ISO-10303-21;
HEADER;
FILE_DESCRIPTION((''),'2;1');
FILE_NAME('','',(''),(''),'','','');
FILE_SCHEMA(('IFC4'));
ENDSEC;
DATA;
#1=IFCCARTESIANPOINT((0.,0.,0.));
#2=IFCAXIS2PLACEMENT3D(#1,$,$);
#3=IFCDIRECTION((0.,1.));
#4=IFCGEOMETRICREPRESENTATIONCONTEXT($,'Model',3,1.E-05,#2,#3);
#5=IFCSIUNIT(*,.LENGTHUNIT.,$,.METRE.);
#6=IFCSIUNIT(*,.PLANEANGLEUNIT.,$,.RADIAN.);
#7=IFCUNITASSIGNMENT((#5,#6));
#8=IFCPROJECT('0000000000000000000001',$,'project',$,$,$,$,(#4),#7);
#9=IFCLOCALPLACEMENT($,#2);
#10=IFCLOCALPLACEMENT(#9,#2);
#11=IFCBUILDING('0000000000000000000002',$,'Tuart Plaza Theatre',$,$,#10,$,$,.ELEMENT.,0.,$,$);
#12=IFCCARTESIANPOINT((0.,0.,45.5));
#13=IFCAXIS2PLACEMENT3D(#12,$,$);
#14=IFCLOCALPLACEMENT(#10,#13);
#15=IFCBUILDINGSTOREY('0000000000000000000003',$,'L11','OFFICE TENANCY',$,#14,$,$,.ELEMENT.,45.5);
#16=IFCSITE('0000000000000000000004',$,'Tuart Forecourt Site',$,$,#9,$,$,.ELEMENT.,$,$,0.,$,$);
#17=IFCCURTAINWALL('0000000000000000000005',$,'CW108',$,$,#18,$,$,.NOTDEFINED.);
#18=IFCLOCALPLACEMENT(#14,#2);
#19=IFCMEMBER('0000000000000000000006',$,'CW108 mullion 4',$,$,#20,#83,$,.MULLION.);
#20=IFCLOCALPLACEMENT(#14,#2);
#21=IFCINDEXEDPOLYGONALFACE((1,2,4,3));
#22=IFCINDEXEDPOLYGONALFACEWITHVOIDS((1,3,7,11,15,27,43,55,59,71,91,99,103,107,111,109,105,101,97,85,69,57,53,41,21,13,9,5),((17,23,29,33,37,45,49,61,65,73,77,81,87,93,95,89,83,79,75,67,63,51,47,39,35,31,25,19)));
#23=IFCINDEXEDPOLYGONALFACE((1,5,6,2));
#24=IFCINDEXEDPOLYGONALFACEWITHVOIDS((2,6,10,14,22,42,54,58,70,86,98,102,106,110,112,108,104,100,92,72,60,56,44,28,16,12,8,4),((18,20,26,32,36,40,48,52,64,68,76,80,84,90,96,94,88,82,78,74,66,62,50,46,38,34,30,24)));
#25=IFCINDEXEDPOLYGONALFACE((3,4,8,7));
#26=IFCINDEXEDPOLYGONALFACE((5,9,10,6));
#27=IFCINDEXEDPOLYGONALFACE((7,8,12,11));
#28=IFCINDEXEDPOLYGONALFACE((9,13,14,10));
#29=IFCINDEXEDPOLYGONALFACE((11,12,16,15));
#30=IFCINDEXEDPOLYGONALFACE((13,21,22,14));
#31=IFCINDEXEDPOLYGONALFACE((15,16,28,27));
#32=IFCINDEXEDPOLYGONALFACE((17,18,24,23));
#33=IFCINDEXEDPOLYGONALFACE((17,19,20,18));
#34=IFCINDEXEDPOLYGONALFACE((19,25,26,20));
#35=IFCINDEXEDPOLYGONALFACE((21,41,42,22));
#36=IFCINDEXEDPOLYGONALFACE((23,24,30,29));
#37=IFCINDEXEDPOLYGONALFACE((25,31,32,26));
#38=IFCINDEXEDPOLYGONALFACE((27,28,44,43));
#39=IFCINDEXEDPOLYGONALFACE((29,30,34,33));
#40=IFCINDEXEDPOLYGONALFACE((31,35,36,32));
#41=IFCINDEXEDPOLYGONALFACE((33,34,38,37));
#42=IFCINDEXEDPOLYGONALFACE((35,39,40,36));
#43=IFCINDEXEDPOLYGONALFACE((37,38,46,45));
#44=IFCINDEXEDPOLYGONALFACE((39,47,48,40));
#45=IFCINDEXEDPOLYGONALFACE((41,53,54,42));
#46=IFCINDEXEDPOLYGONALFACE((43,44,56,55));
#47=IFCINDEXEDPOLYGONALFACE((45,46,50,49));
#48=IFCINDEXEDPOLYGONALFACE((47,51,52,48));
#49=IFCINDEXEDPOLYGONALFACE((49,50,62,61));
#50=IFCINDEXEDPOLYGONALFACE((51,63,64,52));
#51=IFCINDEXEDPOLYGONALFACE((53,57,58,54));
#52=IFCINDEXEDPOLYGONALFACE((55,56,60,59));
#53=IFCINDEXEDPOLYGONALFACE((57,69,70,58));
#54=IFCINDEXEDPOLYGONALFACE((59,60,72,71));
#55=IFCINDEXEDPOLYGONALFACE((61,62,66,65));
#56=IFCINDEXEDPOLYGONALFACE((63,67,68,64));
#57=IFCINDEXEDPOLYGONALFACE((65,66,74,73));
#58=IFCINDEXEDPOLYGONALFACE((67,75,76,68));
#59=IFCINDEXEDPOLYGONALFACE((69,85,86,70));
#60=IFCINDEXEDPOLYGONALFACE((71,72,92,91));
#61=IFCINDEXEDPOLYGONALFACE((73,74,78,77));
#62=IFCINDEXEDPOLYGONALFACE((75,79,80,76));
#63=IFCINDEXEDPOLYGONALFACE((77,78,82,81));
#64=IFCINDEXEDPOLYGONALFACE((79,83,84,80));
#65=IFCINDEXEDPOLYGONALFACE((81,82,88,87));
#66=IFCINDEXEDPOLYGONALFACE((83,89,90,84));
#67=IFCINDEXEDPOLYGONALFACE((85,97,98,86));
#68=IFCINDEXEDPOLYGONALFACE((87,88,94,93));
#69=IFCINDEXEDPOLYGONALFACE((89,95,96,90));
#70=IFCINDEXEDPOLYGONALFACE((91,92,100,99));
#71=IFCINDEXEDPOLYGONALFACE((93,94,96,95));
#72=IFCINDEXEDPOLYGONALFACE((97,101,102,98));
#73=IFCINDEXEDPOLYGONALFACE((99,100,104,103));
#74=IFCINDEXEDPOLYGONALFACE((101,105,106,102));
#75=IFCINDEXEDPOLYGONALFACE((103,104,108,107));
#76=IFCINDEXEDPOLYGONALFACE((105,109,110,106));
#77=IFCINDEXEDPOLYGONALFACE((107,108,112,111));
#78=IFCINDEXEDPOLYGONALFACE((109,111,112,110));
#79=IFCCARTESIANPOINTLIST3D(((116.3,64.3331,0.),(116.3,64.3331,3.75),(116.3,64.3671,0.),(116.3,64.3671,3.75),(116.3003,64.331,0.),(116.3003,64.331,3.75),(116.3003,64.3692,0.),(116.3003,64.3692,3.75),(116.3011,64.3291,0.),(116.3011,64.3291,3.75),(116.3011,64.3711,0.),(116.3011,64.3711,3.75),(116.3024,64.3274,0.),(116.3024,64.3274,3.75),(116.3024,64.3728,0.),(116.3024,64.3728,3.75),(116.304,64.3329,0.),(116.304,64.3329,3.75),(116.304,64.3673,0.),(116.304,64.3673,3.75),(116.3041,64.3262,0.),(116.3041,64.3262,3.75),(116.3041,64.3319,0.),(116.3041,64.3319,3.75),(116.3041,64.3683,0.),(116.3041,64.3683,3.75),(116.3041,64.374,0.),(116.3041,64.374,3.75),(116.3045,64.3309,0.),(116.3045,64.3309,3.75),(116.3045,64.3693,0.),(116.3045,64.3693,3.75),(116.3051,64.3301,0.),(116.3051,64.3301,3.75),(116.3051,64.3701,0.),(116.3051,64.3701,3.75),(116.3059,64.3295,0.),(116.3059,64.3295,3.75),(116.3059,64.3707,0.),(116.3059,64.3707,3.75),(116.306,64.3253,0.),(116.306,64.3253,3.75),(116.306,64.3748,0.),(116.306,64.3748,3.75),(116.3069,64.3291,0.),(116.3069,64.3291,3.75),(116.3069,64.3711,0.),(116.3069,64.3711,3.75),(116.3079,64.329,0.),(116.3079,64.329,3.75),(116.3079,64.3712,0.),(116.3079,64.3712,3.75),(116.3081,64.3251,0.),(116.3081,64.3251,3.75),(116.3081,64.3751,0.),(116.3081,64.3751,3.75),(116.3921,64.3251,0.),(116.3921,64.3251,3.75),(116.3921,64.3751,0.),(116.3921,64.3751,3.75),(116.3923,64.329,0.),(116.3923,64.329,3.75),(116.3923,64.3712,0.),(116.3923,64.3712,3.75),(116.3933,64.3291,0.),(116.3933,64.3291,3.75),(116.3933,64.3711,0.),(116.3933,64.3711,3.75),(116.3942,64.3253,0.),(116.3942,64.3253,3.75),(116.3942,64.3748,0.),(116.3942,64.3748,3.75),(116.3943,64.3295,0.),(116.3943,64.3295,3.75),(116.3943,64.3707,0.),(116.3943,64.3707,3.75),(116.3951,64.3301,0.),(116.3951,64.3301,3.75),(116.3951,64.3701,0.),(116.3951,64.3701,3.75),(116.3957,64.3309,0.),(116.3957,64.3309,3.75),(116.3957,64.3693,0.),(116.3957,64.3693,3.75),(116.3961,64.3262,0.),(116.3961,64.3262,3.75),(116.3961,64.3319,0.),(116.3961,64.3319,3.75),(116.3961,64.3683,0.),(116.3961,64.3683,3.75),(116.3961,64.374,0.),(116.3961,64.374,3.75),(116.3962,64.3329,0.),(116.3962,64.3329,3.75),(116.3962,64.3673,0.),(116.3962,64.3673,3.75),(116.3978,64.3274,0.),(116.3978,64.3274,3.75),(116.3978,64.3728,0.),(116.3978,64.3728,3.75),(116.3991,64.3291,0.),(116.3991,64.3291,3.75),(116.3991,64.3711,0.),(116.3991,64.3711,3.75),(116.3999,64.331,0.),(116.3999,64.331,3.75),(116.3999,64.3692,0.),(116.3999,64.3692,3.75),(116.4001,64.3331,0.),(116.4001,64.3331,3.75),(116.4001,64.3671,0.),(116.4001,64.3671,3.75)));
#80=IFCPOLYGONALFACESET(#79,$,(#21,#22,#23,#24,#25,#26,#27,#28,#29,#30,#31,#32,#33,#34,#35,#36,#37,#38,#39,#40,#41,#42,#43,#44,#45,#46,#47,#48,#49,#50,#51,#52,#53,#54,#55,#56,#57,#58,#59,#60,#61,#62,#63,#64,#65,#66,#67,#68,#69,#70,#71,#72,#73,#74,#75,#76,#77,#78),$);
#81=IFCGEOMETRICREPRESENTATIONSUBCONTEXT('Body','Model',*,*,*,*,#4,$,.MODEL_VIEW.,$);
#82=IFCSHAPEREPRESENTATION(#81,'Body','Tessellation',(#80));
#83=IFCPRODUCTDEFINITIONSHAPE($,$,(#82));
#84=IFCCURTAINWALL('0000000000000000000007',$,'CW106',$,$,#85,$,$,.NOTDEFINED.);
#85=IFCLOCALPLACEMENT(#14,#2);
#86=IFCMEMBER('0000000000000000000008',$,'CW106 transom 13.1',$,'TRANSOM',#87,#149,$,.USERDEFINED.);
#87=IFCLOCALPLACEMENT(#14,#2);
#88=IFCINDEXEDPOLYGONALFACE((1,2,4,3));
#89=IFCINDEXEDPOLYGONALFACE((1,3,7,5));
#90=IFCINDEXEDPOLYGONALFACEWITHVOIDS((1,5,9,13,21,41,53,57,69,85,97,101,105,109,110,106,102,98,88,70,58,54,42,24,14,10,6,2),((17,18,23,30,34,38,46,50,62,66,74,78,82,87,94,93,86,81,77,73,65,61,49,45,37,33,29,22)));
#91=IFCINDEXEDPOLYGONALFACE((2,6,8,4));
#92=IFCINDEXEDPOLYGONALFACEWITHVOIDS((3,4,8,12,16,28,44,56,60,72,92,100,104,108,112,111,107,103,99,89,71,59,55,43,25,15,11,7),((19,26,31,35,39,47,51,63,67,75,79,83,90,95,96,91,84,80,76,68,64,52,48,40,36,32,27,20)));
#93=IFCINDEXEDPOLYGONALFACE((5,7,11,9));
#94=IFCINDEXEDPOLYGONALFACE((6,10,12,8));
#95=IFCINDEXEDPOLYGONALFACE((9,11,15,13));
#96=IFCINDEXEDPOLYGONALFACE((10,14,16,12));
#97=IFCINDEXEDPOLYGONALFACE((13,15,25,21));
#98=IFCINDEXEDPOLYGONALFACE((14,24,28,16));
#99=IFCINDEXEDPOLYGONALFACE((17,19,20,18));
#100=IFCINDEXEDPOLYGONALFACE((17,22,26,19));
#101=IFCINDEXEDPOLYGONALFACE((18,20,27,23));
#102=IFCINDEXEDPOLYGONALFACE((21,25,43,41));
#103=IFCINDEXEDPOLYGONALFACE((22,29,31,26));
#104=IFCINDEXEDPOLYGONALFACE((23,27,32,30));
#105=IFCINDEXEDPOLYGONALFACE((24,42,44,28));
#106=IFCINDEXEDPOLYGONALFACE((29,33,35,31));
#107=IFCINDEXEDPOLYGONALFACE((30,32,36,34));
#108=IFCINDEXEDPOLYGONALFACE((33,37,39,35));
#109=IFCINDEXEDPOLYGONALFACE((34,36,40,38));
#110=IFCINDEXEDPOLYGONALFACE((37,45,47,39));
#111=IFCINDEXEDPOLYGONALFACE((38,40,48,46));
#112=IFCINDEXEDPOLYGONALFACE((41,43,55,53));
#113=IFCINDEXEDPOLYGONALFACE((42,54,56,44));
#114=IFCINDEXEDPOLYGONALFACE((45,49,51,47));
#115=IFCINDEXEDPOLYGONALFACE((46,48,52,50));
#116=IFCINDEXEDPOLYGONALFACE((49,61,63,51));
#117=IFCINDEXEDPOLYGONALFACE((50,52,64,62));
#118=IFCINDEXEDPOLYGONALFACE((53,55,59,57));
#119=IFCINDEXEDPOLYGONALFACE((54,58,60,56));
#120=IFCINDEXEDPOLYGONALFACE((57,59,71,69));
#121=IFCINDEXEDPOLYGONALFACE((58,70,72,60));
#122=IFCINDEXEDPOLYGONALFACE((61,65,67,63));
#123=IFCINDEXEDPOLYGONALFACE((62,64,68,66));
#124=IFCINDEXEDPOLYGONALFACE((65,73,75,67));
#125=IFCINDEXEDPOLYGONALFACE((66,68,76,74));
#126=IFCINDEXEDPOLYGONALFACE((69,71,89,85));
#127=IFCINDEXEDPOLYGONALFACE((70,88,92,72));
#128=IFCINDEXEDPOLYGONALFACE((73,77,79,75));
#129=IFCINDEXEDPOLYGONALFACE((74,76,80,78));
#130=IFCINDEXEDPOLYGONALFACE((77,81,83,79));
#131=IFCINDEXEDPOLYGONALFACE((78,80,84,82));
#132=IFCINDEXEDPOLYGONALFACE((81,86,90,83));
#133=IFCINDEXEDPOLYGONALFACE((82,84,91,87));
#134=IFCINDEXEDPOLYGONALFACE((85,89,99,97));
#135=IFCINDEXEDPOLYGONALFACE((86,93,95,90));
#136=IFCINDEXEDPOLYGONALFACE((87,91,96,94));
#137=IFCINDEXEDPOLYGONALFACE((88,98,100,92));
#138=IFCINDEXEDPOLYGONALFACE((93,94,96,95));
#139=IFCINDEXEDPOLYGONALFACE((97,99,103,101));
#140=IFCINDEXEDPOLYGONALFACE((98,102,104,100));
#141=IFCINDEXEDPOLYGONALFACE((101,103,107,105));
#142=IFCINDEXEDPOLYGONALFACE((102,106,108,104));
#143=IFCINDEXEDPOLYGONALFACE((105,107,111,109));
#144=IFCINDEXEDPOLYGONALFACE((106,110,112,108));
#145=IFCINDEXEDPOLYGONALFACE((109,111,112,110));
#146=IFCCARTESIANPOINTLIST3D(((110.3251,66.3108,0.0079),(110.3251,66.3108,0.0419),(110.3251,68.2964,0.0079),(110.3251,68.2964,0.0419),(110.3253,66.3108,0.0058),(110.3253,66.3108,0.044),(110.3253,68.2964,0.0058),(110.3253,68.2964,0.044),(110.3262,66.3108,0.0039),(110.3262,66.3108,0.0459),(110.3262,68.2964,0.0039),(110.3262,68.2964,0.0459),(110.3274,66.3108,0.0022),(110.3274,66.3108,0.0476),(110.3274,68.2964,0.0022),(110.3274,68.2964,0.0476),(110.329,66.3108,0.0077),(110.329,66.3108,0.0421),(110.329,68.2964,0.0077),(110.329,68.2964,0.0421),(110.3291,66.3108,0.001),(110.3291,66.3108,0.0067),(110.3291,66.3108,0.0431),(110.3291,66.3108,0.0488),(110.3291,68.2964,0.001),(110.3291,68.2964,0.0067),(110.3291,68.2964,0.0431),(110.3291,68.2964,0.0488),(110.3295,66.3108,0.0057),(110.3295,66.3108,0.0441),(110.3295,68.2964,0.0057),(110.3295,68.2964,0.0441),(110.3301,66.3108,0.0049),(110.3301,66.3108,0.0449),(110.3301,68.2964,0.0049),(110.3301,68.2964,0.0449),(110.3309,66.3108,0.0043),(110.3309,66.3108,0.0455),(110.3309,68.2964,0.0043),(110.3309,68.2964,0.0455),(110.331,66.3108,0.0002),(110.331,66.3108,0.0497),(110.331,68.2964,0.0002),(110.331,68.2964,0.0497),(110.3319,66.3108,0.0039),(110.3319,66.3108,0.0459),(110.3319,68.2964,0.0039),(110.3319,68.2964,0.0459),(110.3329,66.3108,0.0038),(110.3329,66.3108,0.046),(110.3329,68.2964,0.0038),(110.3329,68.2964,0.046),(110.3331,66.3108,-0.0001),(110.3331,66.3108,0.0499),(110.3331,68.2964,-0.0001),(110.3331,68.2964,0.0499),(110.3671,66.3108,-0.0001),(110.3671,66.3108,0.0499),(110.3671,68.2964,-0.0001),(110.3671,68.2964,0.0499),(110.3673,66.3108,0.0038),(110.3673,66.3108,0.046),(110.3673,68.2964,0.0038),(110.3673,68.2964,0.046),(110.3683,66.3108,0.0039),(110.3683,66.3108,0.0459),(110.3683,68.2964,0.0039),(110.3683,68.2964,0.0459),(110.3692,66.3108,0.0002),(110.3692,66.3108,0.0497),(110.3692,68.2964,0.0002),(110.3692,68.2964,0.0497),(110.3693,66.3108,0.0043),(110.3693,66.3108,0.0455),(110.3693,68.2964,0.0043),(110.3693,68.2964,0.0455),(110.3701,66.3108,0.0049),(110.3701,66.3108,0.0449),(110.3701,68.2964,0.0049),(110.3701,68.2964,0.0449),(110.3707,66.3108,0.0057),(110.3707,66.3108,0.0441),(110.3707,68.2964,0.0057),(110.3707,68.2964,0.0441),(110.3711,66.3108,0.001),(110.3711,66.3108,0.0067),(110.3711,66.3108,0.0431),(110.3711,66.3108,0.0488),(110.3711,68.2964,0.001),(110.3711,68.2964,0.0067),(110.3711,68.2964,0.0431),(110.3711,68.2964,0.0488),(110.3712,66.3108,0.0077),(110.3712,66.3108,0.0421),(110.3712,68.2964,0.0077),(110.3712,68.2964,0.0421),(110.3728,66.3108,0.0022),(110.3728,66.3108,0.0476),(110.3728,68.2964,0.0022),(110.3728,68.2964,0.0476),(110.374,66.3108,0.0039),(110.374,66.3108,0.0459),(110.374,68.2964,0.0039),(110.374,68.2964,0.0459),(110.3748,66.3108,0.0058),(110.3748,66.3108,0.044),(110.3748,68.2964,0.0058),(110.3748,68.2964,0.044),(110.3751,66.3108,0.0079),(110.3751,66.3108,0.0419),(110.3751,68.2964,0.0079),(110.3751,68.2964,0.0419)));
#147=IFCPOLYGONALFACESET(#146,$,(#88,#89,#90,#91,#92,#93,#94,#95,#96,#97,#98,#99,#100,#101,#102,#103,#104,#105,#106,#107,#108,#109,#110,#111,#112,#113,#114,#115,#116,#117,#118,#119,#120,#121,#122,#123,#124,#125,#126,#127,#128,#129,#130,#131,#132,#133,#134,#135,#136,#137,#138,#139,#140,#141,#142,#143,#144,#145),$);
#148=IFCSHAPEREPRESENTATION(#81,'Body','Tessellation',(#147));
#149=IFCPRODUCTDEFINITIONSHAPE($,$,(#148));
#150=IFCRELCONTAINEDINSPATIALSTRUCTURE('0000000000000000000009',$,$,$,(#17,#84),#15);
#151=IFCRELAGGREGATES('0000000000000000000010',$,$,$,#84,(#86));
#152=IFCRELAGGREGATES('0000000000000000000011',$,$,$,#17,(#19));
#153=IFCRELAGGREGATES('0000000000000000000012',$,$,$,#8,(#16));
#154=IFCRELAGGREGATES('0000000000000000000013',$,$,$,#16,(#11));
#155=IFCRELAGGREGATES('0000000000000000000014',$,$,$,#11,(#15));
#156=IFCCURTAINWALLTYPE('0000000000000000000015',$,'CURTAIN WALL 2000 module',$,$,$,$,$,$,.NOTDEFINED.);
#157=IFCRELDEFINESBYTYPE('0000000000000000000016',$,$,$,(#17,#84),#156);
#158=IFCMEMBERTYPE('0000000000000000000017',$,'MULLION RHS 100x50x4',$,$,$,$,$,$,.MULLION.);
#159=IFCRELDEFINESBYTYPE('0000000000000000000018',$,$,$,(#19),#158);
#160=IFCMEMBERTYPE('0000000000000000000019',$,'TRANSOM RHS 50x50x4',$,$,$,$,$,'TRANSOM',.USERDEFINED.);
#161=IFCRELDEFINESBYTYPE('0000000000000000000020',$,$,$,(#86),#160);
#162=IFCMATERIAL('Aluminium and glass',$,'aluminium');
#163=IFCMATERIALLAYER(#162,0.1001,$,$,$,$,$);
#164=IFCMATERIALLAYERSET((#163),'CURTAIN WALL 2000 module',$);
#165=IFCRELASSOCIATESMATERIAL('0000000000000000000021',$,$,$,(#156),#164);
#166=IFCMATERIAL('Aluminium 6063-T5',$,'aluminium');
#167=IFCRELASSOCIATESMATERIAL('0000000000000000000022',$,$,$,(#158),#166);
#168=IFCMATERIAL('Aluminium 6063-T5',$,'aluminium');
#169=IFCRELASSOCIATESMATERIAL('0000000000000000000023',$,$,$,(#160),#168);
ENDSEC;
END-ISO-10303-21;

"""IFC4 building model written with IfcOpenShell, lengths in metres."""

from ifc_helpers import new_model, si_unit, direction, frame, origin, origin_2d, place, context, subcontext, project, spatial, hollow_rectangle, extrude, material, layer, layer_set, material_profile, profile_set, type_object, element, aggregate, save


model = new_model("IFC4")

# Units and contexts
model_context = context("Model", 3, precision=1e-05, world=origin(), true_north=direction((0.0, 1.0)))
body_context = subcontext(model_context, "Body", "Model", "MODEL_VIEW")
ifc_project = project(units=[si_unit("LENGTHUNIT", "METRE"), si_unit("PLANEANGLEUNIT", "RADIAN")], contexts=[model_context])

# Site, building, storey
site_placement = place(None, origin())
site = spatial("IfcSite", under=ifc_project, at=site_placement, Name="Tuart Forecourt Site", CompositionType="ELEMENT", RefElevation=0.0)
building_placement = place(site_placement, origin())
building = spatial("IfcBuilding", under=site, at=building_placement, Name="Tuart Plaza Theatre", CompositionType="ELEMENT", ElevationOfRefHeight=0.0)
storey_placement = place(building_placement, frame((0.0, 0.0, 45.5)))
storey = spatial("IfcBuildingStorey", under=building, at=storey_placement, Name="L11", Description="OFFICE TENANCY", CompositionType="ELEMENT", Elevation=45.5)

# Curtain walls, members
ifc_material_1 = material(Name="Aluminium and glass", Category="aluminium")
ifc_layer_1 = layer(ifc_material_1, 0.1001)
ifc_layer_set_1 = layer_set([ifc_layer_1], Name="CURTAIN WALL 2000 module")
curtain_wall_type = type_object("IfcCurtainWallType", Name="CURTAIN WALL 2000 module", PredefinedType="NOTDEFINED", material=ifc_layer_set_1)
curtain_wall_1_placement = place(storey_placement, origin())
curtain_wall_1 = element("IfcCurtainWall", 1, at=curtain_wall_1_placement, inside=storey, type_object=curtain_wall_type, Name="CW108", PredefinedType="NOTDEFINED")
ifc_material_2 = material(Name="Aluminium 6063-T5", Category="aluminium")
ifc_material_profile_1 = material_profile(ifc_material_2, hollow_rectangle(XDim=0.05, YDim=0.1001, WallThickness=0.0039, InnerFilletRadius=0.0039, OuterFilletRadius=0.0081, at=origin_2d()), Name="RHS 100x50x4")
ifc_profile_set_1 = profile_set([ifc_material_profile_1], Name="Aluminium 6063-T5")
member_type_1 = type_object("IfcMemberType", Name="MULLION RHS 100x50x4", PredefinedType="MULLION", material=ifc_profile_set_1)
member_1_placement = place(storey_placement, frame((116.3501, 64.3501, 0.0), z_axis=(0.0, 0.0, 1.0), x_axis=(0.0, 1.0, 0.0)))
member_1 = element("IfcMember", 2, at=member_1_placement, type_object=member_type_1, Name="CW108 mullion 4", PredefinedType="MULLION", context=body_context, shape_type="SweptSolid", body=[
    extrude(hollow_rectangle(XDim=0.05, YDim=0.1001, WallThickness=0.0039, InnerFilletRadius=0.0039, OuterFilletRadius=0.0081, at=origin_2d()), origin(), (0.0, 0.0, 1.0), 3.75),
])
curtain_wall_2_placement = place(storey_placement, origin())
curtain_wall_2 = element("IfcCurtainWall", 3, at=curtain_wall_2_placement, inside=storey, type_object=curtain_wall_type, Name="CW106", PredefinedType="NOTDEFINED")
ifc_material_3 = material(Name="Aluminium 6063-T5", Category="aluminium")
ifc_material_profile_2 = material_profile(ifc_material_3, hollow_rectangle(XDim=0.05, YDim=0.05, WallThickness=0.0039, InnerFilletRadius=0.0039, OuterFilletRadius=0.0081, at=origin_2d()), Name="RHS 50x50x4")
ifc_profile_set_2 = profile_set([ifc_material_profile_2], Name="Aluminium 6063-T5")
member_type_2 = type_object("IfcMemberType", Name="TRANSOM RHS 50x50x4", ElementType="TRANSOM", PredefinedType="USERDEFINED", material=ifc_profile_set_2)
member_2_placement = place(storey_placement, frame((110.3501, 68.2964, 0.0249), z_axis=(0.0, -1.0, 0.0), x_axis=(1.0, 0.0, 0.0)))
member_2 = element("IfcMember", 4, at=member_2_placement, type_object=member_type_2, Name="CW106 transom 13.1", ObjectType="TRANSOM", PredefinedType="USERDEFINED", context=body_context, shape_type="SweptSolid", body=[
    extrude(hollow_rectangle(XDim=0.05, YDim=0.05, WallThickness=0.0039, InnerFilletRadius=0.0039, OuterFilletRadius=0.0081, at=origin_2d()), origin(), (0.0, 0.0, 1.0), 1.9856),
])

aggregate(curtain_wall_2, [member_2])
aggregate(curtain_wall_1, [member_1])

save(model, "model.ifc")
